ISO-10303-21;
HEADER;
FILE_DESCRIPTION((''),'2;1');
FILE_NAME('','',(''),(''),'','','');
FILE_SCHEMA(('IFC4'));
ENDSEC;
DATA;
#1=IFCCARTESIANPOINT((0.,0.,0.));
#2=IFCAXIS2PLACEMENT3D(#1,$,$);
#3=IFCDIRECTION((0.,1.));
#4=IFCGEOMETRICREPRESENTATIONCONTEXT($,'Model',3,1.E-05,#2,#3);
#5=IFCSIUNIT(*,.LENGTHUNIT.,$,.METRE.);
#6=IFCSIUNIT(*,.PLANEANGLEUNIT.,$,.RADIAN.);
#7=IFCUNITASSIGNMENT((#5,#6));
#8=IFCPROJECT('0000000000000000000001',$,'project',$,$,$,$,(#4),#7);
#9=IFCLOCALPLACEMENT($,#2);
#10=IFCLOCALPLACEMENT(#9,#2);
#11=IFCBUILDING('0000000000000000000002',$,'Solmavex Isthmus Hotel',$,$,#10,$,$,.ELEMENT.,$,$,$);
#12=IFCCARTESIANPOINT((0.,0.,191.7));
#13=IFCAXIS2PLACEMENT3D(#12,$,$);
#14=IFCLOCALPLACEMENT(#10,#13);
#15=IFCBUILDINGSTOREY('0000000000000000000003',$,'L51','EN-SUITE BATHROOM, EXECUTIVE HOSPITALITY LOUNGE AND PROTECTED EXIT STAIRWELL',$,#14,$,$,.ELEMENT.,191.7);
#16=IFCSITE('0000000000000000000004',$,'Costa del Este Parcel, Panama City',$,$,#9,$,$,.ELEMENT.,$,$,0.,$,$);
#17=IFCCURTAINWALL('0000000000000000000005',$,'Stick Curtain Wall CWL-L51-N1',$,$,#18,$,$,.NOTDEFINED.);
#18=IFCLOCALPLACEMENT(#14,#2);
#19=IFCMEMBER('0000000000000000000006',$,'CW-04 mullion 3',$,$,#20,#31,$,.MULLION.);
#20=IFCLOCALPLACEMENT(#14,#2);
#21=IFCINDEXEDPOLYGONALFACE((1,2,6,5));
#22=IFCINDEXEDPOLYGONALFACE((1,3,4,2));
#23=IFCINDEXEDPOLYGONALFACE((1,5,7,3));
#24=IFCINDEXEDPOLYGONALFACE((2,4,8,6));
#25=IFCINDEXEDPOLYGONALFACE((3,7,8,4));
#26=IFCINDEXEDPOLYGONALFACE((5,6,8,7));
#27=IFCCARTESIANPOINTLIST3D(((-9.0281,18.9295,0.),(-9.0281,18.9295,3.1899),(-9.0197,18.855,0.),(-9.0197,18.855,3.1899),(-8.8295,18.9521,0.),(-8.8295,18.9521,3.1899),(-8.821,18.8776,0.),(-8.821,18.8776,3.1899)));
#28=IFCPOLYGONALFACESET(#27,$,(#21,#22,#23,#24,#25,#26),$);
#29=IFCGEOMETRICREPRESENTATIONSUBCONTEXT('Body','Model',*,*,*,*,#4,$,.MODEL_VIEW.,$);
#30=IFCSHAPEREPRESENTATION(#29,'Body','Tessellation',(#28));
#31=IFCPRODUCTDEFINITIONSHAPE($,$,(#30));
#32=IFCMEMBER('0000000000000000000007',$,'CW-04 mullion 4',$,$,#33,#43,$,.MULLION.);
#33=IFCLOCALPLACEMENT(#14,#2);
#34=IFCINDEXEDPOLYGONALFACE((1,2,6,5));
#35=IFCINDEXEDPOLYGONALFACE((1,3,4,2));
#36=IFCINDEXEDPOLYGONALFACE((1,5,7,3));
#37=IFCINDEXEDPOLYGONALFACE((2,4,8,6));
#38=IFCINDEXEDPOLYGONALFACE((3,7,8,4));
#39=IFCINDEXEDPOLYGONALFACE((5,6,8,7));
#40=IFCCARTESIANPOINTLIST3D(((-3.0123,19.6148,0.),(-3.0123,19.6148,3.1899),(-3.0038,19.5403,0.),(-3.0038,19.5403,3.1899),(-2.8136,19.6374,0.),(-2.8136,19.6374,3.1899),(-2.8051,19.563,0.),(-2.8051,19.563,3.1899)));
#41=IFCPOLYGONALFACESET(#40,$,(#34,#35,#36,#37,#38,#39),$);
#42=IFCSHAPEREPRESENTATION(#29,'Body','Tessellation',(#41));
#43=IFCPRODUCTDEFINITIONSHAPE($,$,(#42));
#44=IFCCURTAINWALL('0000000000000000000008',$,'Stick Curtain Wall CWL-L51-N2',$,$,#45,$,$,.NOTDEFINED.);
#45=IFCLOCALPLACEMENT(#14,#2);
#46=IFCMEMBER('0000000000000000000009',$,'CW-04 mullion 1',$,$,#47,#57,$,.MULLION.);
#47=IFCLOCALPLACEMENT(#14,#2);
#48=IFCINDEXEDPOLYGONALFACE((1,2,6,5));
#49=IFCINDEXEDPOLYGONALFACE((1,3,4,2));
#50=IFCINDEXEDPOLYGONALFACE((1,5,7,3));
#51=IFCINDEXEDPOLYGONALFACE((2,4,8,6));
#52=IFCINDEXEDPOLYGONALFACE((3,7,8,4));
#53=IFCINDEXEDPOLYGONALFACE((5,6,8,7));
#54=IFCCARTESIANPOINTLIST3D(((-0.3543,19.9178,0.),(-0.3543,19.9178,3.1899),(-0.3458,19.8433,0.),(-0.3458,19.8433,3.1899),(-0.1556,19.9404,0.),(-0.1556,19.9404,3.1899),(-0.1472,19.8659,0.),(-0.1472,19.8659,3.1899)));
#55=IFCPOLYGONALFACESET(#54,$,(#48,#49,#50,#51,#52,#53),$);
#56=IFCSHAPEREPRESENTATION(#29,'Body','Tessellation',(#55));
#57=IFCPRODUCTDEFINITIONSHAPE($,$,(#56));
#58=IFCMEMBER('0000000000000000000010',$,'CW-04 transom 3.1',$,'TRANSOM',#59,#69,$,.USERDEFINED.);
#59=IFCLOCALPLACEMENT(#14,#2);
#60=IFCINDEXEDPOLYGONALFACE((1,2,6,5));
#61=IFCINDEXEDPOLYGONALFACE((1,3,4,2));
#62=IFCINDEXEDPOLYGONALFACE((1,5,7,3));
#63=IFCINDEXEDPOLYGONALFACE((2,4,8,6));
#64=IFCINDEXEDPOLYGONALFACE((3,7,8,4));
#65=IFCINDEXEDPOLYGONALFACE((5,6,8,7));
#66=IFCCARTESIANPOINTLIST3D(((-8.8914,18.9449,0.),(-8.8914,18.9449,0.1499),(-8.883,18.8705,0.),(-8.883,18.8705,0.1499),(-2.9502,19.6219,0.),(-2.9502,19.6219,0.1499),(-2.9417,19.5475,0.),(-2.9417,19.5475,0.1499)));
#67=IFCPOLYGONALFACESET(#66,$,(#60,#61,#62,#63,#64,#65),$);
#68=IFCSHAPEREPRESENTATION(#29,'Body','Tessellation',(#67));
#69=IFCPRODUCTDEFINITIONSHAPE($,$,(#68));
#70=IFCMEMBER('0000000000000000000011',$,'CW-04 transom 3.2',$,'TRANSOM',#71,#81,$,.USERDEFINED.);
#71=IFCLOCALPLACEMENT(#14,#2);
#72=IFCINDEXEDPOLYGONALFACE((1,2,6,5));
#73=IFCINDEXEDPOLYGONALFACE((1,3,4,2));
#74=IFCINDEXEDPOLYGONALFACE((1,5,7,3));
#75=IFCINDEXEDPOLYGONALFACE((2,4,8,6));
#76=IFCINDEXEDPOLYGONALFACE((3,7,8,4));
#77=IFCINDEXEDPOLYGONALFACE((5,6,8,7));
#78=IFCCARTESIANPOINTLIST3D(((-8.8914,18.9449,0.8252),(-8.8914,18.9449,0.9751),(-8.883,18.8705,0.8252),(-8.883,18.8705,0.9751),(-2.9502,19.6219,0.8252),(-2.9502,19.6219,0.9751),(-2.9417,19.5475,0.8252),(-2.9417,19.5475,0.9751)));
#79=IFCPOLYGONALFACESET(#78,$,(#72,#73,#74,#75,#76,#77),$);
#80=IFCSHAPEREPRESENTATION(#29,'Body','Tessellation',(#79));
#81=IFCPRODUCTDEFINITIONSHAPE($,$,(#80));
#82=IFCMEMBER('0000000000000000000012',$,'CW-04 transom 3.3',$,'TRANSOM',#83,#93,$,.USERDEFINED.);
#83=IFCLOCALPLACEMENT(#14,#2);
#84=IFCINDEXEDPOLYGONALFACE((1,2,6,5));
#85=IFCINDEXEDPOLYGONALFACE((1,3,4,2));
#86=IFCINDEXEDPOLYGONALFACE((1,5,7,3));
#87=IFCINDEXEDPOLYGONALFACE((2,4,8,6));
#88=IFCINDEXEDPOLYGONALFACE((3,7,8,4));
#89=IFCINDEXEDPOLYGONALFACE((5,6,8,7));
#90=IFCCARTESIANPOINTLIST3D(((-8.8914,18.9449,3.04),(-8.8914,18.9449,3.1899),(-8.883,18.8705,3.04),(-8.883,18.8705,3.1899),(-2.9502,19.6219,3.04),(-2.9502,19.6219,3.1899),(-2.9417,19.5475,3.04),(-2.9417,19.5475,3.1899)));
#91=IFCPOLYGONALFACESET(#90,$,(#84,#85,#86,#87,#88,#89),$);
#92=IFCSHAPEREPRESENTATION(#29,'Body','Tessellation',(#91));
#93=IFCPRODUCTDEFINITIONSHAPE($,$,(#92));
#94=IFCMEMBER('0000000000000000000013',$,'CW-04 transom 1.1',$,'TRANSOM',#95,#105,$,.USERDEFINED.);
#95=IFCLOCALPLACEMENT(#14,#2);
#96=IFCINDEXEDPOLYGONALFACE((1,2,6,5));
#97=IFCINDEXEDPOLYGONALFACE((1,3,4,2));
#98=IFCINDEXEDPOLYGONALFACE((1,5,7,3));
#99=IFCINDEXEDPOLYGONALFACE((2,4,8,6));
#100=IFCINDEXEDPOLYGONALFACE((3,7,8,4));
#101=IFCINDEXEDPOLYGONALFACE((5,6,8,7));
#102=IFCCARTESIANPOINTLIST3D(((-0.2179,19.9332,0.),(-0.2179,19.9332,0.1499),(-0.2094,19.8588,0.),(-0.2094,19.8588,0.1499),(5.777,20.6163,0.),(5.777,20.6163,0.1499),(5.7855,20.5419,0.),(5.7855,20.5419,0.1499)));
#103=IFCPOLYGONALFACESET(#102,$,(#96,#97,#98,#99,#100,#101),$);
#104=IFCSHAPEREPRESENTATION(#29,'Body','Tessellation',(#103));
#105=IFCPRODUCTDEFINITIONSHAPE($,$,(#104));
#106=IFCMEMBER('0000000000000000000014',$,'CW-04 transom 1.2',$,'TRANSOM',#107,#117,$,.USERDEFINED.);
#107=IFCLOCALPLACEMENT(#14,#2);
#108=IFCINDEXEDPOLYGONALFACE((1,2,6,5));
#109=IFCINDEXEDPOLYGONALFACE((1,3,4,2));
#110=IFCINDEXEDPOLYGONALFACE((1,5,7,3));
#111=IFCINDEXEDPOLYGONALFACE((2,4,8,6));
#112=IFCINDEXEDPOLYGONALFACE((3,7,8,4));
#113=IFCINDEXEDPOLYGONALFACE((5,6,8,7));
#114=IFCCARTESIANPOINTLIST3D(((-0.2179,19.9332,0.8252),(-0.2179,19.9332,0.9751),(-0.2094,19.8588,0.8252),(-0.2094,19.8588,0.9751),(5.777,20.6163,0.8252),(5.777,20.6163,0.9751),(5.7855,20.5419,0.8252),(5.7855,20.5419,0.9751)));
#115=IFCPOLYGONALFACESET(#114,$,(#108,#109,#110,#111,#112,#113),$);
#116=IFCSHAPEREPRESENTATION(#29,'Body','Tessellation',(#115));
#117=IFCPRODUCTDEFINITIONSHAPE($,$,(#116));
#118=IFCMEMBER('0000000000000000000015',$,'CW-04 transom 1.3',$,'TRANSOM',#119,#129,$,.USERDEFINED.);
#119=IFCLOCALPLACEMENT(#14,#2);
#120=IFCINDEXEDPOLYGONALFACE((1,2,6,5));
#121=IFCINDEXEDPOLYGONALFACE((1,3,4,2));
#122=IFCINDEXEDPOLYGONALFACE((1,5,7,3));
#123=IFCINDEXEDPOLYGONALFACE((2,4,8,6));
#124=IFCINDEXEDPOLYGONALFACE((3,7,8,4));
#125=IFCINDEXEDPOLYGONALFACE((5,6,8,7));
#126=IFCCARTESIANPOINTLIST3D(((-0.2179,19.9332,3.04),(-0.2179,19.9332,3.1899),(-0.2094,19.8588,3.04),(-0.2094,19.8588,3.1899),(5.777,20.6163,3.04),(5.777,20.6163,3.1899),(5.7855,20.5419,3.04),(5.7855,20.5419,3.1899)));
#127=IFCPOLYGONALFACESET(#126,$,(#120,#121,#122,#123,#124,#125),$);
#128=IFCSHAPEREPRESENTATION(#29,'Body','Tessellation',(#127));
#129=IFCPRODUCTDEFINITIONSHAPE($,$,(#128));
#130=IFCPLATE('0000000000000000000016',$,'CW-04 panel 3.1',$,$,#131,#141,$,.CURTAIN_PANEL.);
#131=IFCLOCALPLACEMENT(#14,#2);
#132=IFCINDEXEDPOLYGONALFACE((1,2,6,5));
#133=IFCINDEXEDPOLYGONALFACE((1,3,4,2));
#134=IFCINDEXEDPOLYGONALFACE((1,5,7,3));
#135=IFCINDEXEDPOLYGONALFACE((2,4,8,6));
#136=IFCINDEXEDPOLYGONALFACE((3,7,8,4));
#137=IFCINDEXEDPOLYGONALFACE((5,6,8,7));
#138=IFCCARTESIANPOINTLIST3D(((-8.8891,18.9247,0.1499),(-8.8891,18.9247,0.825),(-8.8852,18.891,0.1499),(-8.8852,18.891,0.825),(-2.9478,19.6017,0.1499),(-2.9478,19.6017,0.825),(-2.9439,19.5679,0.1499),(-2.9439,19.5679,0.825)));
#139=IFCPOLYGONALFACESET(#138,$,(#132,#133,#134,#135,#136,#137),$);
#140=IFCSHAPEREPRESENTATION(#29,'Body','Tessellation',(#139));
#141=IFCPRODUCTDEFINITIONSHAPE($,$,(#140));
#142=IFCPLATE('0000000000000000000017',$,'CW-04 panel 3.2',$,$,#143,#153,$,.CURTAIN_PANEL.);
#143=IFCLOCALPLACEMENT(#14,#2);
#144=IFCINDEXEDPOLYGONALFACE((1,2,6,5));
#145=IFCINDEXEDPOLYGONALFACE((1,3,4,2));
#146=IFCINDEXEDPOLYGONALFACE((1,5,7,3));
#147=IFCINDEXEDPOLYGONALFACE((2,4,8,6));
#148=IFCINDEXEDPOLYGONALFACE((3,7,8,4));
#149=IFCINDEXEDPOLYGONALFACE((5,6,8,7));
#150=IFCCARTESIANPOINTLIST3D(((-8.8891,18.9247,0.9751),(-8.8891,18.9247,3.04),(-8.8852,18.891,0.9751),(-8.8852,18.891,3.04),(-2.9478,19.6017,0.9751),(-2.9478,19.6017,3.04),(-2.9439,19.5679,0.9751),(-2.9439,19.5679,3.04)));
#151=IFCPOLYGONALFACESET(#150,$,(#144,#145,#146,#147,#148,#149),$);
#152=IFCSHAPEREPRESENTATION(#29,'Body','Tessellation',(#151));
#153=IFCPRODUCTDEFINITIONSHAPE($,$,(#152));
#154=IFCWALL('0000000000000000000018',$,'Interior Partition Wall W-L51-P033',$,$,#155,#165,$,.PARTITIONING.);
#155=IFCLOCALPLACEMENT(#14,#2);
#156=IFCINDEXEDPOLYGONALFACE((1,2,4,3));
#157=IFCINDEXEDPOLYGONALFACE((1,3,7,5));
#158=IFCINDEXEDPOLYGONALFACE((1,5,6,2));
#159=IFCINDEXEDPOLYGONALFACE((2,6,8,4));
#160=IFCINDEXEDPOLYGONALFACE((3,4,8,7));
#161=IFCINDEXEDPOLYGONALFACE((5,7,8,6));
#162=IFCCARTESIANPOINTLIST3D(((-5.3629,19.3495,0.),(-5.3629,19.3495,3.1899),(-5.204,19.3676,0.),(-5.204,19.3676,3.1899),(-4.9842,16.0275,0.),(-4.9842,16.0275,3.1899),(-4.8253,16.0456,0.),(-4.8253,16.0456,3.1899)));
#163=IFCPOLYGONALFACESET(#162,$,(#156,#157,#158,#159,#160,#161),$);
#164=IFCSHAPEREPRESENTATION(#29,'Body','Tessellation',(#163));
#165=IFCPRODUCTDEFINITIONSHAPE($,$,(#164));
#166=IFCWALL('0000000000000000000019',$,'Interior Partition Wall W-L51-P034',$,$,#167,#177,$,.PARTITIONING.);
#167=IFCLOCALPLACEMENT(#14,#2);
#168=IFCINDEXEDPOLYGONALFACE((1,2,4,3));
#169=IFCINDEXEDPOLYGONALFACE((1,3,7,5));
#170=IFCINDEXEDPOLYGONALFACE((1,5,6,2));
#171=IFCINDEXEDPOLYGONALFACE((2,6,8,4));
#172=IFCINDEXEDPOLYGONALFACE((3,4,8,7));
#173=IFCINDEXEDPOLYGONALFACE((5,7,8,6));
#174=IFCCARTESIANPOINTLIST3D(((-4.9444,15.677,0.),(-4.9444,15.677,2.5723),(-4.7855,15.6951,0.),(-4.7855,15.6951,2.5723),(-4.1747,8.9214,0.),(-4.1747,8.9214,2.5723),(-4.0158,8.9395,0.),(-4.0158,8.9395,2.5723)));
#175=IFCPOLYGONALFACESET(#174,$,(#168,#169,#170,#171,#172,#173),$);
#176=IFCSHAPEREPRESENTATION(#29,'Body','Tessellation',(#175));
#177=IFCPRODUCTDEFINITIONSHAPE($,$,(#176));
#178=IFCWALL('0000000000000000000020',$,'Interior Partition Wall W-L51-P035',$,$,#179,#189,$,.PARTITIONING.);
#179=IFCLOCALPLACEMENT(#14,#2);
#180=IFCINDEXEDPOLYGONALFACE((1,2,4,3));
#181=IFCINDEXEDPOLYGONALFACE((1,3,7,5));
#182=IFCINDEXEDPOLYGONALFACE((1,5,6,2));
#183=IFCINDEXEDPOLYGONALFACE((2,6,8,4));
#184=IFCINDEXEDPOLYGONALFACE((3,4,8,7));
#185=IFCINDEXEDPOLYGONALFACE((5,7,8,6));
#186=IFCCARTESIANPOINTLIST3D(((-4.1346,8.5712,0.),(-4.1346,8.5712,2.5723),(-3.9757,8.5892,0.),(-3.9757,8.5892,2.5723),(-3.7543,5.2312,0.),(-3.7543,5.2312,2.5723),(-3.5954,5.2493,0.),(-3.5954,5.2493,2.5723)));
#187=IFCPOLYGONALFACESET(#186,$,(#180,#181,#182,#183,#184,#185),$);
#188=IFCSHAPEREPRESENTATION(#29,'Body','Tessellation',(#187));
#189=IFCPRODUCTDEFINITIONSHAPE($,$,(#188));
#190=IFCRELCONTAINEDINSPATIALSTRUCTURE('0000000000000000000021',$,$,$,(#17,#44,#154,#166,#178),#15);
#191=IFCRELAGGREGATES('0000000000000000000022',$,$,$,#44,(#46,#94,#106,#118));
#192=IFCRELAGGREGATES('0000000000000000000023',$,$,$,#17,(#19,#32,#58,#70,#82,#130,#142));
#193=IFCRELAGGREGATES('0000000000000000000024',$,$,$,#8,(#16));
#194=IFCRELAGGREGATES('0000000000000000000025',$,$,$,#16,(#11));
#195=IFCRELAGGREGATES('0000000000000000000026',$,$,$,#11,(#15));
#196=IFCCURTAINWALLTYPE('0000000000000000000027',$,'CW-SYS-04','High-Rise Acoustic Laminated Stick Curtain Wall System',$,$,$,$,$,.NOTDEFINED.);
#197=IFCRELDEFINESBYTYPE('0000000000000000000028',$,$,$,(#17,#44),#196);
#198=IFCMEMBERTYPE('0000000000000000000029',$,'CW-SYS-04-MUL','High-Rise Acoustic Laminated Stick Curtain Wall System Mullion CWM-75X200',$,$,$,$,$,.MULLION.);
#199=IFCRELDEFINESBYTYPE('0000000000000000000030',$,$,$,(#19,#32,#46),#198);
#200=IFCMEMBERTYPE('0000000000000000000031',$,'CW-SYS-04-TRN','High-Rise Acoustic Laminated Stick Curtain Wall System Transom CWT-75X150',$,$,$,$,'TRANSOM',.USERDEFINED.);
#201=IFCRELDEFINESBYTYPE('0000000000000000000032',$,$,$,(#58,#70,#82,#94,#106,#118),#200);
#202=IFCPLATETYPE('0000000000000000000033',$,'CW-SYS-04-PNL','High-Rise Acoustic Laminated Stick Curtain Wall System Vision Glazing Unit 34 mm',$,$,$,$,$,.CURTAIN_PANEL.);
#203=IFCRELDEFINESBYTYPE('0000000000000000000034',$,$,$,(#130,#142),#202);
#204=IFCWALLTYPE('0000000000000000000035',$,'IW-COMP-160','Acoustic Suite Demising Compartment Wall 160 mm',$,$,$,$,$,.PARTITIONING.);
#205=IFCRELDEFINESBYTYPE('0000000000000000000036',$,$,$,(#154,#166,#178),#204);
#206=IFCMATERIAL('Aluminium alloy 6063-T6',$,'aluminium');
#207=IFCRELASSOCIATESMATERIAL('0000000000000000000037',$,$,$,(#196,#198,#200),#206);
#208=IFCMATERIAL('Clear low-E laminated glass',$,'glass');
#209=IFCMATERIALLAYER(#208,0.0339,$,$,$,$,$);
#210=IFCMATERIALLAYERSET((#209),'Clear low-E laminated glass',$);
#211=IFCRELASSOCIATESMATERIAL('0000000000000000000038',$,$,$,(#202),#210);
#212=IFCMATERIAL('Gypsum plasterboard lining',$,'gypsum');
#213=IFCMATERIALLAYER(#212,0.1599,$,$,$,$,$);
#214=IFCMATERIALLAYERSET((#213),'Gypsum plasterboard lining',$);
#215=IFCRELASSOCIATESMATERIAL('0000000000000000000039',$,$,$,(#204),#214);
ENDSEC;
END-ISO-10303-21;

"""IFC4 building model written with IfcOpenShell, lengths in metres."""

from ifc_helpers import new_model, si_unit, direction, frame, frame_2d, origin, origin_2d, place, context, subcontext, project, spatial, rectangle, extrude, material, layer, layer_set, material_profile, profile_set, type_object, element, aggregate, save


model = new_model("IFC4")

# Units and contexts
model_context = context("Model", 3, precision=1e-05, world=origin(), true_north=direction((0.0, 1.0)))
body_context = subcontext(model_context, "Body", "Model", "MODEL_VIEW")
ifc_project = project(units=[si_unit("LENGTHUNIT", "METRE"), si_unit("PLANEANGLEUNIT", "RADIAN")], contexts=[model_context])

# Site, building, storey
site_placement = place(None, origin())
site = spatial("IfcSite", under=ifc_project, at=site_placement, Name="Costa del Este Parcel, Panama City", CompositionType="ELEMENT", RefElevation=0.0)
building_placement = place(site_placement, origin())
building = spatial("IfcBuilding", under=site, at=building_placement, Name="Solmavex Isthmus Hotel", CompositionType="ELEMENT")
storey_placement = place(building_placement, frame((0.0, 0.0, 191.7)))
storey = spatial("IfcBuildingStorey", under=building, at=storey_placement, Name="L51", Description="EN-SUITE BATHROOM, EXECUTIVE HOSPITALITY LOUNGE AND PROTECTED EXIT STAIRWELL", CompositionType="ELEMENT", Elevation=191.7)

# Curtain wall, members
ifc_material_1 = material(Name="Aluminium alloy 6063-T6", Category="aluminium")
curtain_wall_type = type_object("IfcCurtainWallType", Name="CW-SYS-04", Description="High-Rise Acoustic Laminated Stick Curtain Wall System", PredefinedType="NOTDEFINED", material=ifc_material_1)
curtain_wall_1_placement = place(storey_placement, origin())
curtain_wall_1 = element("IfcCurtainWall", 1, at=curtain_wall_1_placement, inside=storey, type_object=curtain_wall_type, Name="Stick Curtain Wall CWL-L51-N1", PredefinedType="NOTDEFINED")
ifc_material_profile_1 = material_profile(ifc_material_1, rectangle(XDim=0.075, YDim=0.2, at=origin_2d()), Name="CWM-75X200")
ifc_profile_set_1 = profile_set([ifc_material_profile_1], Name="Aluminium alloy 6063-T6")
member_type_1 = type_object("IfcMemberType", Name="CW-SYS-04-MUL", Description="High-Rise Acoustic Laminated Stick Curtain Wall System Mullion CWM-75X200", PredefinedType="MULLION", material=ifc_profile_set_1)
member_1_placement = place(storey_placement, frame((-8.9246, 18.9036, 0.0), z_axis=(0.0, 0.0, 1.0), x_axis=(-0.113203, 0.993572, 0.0)))
member_1 = element("IfcMember", 2, at=member_1_placement, type_object=member_type_1, Name="CW-04 mullion 3", PredefinedType="MULLION", context=body_context, shape_type="SweptSolid", body=[
    extrude(rectangle(XDim=0.075, YDim=0.2, at=origin_2d()), origin(), (0.0, 0.0, 1.0), 3.1899),
])
member_2_placement = place(storey_placement, frame((-2.9087, 19.5889, 0.0), z_axis=(0.0, 0.0, 1.0), x_axis=(-0.113203, 0.993572, 0.0)))
member_2 = element("IfcMember", 3, at=member_2_placement, type_object=member_type_1, Name="CW-04 mullion 4", PredefinedType="MULLION", context=body_context, shape_type="SweptSolid", body=[
    extrude(rectangle(XDim=0.075, YDim=0.2, at=origin_2d()), origin(), (0.0, 0.0, 1.0), 3.1899),
])

# Curtain wall, member
curtain_wall_2_placement = place(storey_placement, origin())
curtain_wall_2 = element("IfcCurtainWall", 4, at=curtain_wall_2_placement, inside=storey, type_object=curtain_wall_type, Name="Stick Curtain Wall CWL-L51-N2", PredefinedType="NOTDEFINED")
member_3_placement = place(storey_placement, frame((-0.2507, 19.8918, 0.0), z_axis=(0.0, 0.0, 1.0), x_axis=(-0.113203, 0.993572, 0.0)))
member_3 = element("IfcMember", 5, at=member_3_placement, type_object=member_type_1, Name="CW-04 mullion 1", PredefinedType="MULLION", context=body_context, shape_type="SweptSolid", body=[
    extrude(rectangle(XDim=0.075, YDim=0.2, at=origin_2d()), origin(), (0.0, 0.0, 1.0), 3.1899),
])

# Members
ifc_material_profile_2 = material_profile(ifc_material_1, rectangle(XDim=0.075, YDim=0.1499, at=origin_2d()), Name="CWT-75X150")
ifc_profile_set_2 = profile_set([ifc_material_profile_2], Name="Aluminium alloy 6063-T6")
member_type_2 = type_object("IfcMemberType", Name="CW-SYS-04-TRN", Description="High-Rise Acoustic Laminated Stick Curtain Wall System Transom CWT-75X150", ElementType="TRANSOM", PredefinedType="USERDEFINED", material=ifc_profile_set_2)
member_4_placement = place(storey_placement, frame((-8.8872, 18.9077, 0.075), z_axis=(0.993571, 0.113214, 0.0), x_axis=(-0.113214, 0.993571, 0.0)))
member_4 = element("IfcMember", 6, at=member_4_placement, type_object=member_type_2, Name="CW-04 transom 3.1", ObjectType="TRANSOM", PredefinedType="USERDEFINED", context=body_context, shape_type="SweptSolid", body=[
    extrude(rectangle(XDim=0.075, YDim=0.1499, at=origin_2d()), origin(), (0.0, 0.0, 1.0), 5.9797),
])
member_5_placement = place(storey_placement, frame((-8.8872, 18.9077, 0.9001), z_axis=(0.993571, 0.113214, 0.0), x_axis=(-0.113214, 0.993571, 0.0)))
member_5 = element("IfcMember", 7, at=member_5_placement, type_object=member_type_2, Name="CW-04 transom 3.2", ObjectType="TRANSOM", PredefinedType="USERDEFINED", context=body_context, shape_type="SweptSolid", body=[
    extrude(rectangle(XDim=0.075, YDim=0.1499, at=origin_2d()), origin(), (0.0, 0.0, 1.0), 5.9797),
])
member_6_placement = place(storey_placement, frame((-8.8872, 18.9077, 3.115), z_axis=(0.993571, 0.113214, 0.0), x_axis=(-0.113214, 0.993571, 0.0)))
member_6 = element("IfcMember", 8, at=member_6_placement, type_object=member_type_2, Name="CW-04 transom 3.3", ObjectType="TRANSOM", PredefinedType="USERDEFINED", context=body_context, shape_type="SweptSolid", body=[
    extrude(rectangle(XDim=0.075, YDim=0.1499, at=origin_2d()), origin(), (0.0, 0.0, 1.0), 5.9797),
])
member_7_placement = place(storey_placement, frame((-0.2136, 19.896, 0.075), z_axis=(0.99357, 0.113216, 0.0), x_axis=(-0.113216, 0.99357, 0.0)))
member_7 = element("IfcMember", 9, at=member_7_placement, type_object=member_type_2, Name="CW-04 transom 1.1", ObjectType="TRANSOM", PredefinedType="USERDEFINED", context=body_context, shape_type="SweptSolid", body=[
    extrude(rectangle(XDim=0.075, YDim=0.1499, at=origin_2d()), origin(), (0.0, 0.0, 1.0), 6.0337),
])
member_8_placement = place(storey_placement, frame((-0.2136, 19.896, 0.9001), z_axis=(0.99357, 0.113216, 0.0), x_axis=(-0.113216, 0.99357, 0.0)))
member_8 = element("IfcMember", 10, at=member_8_placement, type_object=member_type_2, Name="CW-04 transom 1.2", ObjectType="TRANSOM", PredefinedType="USERDEFINED", context=body_context, shape_type="SweptSolid", body=[
    extrude(rectangle(XDim=0.075, YDim=0.1499, at=origin_2d()), origin(), (0.0, 0.0, 1.0), 6.0337),
])
member_9_placement = place(storey_placement, frame((-0.2136, 19.896, 3.115), z_axis=(0.99357, 0.113216, 0.0), x_axis=(-0.113216, 0.99357, 0.0)))
member_9 = element("IfcMember", 11, at=member_9_placement, type_object=member_type_2, Name="CW-04 transom 1.3", ObjectType="TRANSOM", PredefinedType="USERDEFINED", context=body_context, shape_type="SweptSolid", body=[
    extrude(rectangle(XDim=0.075, YDim=0.1499, at=origin_2d()), origin(), (0.0, 0.0, 1.0), 6.0337),
])
aggregate(curtain_wall_2, [member_3, member_7, member_8, member_9])

# Plates
ifc_material_2 = material(Name="Clear low-E laminated glass", Category="glass")
ifc_layer_1 = layer(ifc_material_2, 0.0339)
ifc_layer_set_1 = layer_set([ifc_layer_1], Name="Clear low-E laminated glass")
plate_type = type_object("IfcPlateType", Name="CW-SYS-04-PNL", Description="High-Rise Acoustic Laminated Stick Curtain Wall System Vision Glazing Unit 34 mm", PredefinedType="CURTAIN_PANEL", material=ifc_layer_set_1)
plate_1_placement = place(storey_placement, frame((-5.9165, 19.2463, 0.1499), z_axis=(0.0, 0.0, 1.0), x_axis=(0.993572, 0.113203, 0.0)))
plate_1 = element("IfcPlate", 12, at=plate_1_placement, type_object=plate_type, Name="CW-04 panel 3.1", PredefinedType="CURTAIN_PANEL", context=body_context, shape_type="SweptSolid", body=[
    extrude(rectangle(XDim=5.9797, YDim=0.0339, at=origin_2d()), origin(), (0.0, 0.0, 1.0), 0.675),
])
plate_2_placement = place(storey_placement, frame((-5.9165, 19.2463, 0.9751), z_axis=(0.0, 0.0, 1.0), x_axis=(0.993572, 0.113203, 0.0)))
plate_2 = element("IfcPlate", 13, at=plate_2_placement, type_object=plate_type, Name="CW-04 panel 3.2", PredefinedType="CURTAIN_PANEL", context=body_context, shape_type="SweptSolid", body=[
    extrude(rectangle(XDim=5.9797, YDim=0.0339, at=origin_2d()), origin(), (0.0, 0.0, 1.0), 2.0649),
])
aggregate(curtain_wall_1, [member_1, member_2, member_4, member_5, member_6, plate_1, plate_2])

# Walls
ifc_material_3 = material(Name="Gypsum plasterboard lining", Category="gypsum")
ifc_layer_2 = layer(ifc_material_3, 0.1599)
ifc_layer_set_2 = layer_set([ifc_layer_2], Name="Gypsum plasterboard lining")
wall_type_1 = type_object("IfcWallType", Name="IW-COMP-160", Description="Acoustic Suite Demising Compartment Wall 160 mm", PredefinedType="PARTITIONING", material=ifc_layer_set_2)
wall_1_placement = place(storey_placement, frame((-5.2834, 19.3586, 0.0), z_axis=(0.0, 0.0, 1.0), x_axis=(0.113252, -0.993566, 0.0)))
element("IfcWall", 14, at=wall_1_placement, inside=storey, type_object=wall_type_1, Name="Interior Partition Wall W-L51-P033", PredefinedType="PARTITIONING", context=body_context, shape_type="SweptSolid", body=[
    extrude(rectangle(XDim=3.3435, YDim=0.1599, at=frame_2d((1.6719, 0.0))), origin(), (0.0, 0.0, 1.0), 3.1899),
])
wall_2_placement = place(storey_placement, frame((-4.865, 15.686, 0.0), z_axis=(0.0, 0.0, 1.0), x_axis=(0.113213, -0.993571, 0.0)))
element("IfcWall", 15, at=wall_2_placement, inside=storey, type_object=wall_type_1, Name="Interior Partition Wall W-L51-P034", PredefinedType="PARTITIONING", context=body_context, shape_type="SweptSolid", body=[
    extrude(rectangle(XDim=6.7993, YDim=0.1599, at=frame_2d((3.3997, 0.0))), origin(), (0.0, 0.0, 1.0), 2.5723),
])
wall_3_placement = place(storey_placement, frame((-4.0552, 8.5801, 0.0), z_axis=(0.0, 0.0, 1.0), x_axis=(0.113149, -0.993578, 0.0)))
element("IfcWall", 16, at=wall_3_placement, inside=storey, type_object=wall_type_1, Name="Interior Partition Wall W-L51-P035", PredefinedType="PARTITIONING", context=body_context, shape_type="SweptSolid", body=[
    extrude(rectangle(XDim=3.3616, YDim=0.1599, at=frame_2d((1.6807, 0.0))), origin(), (0.0, 0.0, 1.0), 2.5723),
])

save(model, "model.ifc")
